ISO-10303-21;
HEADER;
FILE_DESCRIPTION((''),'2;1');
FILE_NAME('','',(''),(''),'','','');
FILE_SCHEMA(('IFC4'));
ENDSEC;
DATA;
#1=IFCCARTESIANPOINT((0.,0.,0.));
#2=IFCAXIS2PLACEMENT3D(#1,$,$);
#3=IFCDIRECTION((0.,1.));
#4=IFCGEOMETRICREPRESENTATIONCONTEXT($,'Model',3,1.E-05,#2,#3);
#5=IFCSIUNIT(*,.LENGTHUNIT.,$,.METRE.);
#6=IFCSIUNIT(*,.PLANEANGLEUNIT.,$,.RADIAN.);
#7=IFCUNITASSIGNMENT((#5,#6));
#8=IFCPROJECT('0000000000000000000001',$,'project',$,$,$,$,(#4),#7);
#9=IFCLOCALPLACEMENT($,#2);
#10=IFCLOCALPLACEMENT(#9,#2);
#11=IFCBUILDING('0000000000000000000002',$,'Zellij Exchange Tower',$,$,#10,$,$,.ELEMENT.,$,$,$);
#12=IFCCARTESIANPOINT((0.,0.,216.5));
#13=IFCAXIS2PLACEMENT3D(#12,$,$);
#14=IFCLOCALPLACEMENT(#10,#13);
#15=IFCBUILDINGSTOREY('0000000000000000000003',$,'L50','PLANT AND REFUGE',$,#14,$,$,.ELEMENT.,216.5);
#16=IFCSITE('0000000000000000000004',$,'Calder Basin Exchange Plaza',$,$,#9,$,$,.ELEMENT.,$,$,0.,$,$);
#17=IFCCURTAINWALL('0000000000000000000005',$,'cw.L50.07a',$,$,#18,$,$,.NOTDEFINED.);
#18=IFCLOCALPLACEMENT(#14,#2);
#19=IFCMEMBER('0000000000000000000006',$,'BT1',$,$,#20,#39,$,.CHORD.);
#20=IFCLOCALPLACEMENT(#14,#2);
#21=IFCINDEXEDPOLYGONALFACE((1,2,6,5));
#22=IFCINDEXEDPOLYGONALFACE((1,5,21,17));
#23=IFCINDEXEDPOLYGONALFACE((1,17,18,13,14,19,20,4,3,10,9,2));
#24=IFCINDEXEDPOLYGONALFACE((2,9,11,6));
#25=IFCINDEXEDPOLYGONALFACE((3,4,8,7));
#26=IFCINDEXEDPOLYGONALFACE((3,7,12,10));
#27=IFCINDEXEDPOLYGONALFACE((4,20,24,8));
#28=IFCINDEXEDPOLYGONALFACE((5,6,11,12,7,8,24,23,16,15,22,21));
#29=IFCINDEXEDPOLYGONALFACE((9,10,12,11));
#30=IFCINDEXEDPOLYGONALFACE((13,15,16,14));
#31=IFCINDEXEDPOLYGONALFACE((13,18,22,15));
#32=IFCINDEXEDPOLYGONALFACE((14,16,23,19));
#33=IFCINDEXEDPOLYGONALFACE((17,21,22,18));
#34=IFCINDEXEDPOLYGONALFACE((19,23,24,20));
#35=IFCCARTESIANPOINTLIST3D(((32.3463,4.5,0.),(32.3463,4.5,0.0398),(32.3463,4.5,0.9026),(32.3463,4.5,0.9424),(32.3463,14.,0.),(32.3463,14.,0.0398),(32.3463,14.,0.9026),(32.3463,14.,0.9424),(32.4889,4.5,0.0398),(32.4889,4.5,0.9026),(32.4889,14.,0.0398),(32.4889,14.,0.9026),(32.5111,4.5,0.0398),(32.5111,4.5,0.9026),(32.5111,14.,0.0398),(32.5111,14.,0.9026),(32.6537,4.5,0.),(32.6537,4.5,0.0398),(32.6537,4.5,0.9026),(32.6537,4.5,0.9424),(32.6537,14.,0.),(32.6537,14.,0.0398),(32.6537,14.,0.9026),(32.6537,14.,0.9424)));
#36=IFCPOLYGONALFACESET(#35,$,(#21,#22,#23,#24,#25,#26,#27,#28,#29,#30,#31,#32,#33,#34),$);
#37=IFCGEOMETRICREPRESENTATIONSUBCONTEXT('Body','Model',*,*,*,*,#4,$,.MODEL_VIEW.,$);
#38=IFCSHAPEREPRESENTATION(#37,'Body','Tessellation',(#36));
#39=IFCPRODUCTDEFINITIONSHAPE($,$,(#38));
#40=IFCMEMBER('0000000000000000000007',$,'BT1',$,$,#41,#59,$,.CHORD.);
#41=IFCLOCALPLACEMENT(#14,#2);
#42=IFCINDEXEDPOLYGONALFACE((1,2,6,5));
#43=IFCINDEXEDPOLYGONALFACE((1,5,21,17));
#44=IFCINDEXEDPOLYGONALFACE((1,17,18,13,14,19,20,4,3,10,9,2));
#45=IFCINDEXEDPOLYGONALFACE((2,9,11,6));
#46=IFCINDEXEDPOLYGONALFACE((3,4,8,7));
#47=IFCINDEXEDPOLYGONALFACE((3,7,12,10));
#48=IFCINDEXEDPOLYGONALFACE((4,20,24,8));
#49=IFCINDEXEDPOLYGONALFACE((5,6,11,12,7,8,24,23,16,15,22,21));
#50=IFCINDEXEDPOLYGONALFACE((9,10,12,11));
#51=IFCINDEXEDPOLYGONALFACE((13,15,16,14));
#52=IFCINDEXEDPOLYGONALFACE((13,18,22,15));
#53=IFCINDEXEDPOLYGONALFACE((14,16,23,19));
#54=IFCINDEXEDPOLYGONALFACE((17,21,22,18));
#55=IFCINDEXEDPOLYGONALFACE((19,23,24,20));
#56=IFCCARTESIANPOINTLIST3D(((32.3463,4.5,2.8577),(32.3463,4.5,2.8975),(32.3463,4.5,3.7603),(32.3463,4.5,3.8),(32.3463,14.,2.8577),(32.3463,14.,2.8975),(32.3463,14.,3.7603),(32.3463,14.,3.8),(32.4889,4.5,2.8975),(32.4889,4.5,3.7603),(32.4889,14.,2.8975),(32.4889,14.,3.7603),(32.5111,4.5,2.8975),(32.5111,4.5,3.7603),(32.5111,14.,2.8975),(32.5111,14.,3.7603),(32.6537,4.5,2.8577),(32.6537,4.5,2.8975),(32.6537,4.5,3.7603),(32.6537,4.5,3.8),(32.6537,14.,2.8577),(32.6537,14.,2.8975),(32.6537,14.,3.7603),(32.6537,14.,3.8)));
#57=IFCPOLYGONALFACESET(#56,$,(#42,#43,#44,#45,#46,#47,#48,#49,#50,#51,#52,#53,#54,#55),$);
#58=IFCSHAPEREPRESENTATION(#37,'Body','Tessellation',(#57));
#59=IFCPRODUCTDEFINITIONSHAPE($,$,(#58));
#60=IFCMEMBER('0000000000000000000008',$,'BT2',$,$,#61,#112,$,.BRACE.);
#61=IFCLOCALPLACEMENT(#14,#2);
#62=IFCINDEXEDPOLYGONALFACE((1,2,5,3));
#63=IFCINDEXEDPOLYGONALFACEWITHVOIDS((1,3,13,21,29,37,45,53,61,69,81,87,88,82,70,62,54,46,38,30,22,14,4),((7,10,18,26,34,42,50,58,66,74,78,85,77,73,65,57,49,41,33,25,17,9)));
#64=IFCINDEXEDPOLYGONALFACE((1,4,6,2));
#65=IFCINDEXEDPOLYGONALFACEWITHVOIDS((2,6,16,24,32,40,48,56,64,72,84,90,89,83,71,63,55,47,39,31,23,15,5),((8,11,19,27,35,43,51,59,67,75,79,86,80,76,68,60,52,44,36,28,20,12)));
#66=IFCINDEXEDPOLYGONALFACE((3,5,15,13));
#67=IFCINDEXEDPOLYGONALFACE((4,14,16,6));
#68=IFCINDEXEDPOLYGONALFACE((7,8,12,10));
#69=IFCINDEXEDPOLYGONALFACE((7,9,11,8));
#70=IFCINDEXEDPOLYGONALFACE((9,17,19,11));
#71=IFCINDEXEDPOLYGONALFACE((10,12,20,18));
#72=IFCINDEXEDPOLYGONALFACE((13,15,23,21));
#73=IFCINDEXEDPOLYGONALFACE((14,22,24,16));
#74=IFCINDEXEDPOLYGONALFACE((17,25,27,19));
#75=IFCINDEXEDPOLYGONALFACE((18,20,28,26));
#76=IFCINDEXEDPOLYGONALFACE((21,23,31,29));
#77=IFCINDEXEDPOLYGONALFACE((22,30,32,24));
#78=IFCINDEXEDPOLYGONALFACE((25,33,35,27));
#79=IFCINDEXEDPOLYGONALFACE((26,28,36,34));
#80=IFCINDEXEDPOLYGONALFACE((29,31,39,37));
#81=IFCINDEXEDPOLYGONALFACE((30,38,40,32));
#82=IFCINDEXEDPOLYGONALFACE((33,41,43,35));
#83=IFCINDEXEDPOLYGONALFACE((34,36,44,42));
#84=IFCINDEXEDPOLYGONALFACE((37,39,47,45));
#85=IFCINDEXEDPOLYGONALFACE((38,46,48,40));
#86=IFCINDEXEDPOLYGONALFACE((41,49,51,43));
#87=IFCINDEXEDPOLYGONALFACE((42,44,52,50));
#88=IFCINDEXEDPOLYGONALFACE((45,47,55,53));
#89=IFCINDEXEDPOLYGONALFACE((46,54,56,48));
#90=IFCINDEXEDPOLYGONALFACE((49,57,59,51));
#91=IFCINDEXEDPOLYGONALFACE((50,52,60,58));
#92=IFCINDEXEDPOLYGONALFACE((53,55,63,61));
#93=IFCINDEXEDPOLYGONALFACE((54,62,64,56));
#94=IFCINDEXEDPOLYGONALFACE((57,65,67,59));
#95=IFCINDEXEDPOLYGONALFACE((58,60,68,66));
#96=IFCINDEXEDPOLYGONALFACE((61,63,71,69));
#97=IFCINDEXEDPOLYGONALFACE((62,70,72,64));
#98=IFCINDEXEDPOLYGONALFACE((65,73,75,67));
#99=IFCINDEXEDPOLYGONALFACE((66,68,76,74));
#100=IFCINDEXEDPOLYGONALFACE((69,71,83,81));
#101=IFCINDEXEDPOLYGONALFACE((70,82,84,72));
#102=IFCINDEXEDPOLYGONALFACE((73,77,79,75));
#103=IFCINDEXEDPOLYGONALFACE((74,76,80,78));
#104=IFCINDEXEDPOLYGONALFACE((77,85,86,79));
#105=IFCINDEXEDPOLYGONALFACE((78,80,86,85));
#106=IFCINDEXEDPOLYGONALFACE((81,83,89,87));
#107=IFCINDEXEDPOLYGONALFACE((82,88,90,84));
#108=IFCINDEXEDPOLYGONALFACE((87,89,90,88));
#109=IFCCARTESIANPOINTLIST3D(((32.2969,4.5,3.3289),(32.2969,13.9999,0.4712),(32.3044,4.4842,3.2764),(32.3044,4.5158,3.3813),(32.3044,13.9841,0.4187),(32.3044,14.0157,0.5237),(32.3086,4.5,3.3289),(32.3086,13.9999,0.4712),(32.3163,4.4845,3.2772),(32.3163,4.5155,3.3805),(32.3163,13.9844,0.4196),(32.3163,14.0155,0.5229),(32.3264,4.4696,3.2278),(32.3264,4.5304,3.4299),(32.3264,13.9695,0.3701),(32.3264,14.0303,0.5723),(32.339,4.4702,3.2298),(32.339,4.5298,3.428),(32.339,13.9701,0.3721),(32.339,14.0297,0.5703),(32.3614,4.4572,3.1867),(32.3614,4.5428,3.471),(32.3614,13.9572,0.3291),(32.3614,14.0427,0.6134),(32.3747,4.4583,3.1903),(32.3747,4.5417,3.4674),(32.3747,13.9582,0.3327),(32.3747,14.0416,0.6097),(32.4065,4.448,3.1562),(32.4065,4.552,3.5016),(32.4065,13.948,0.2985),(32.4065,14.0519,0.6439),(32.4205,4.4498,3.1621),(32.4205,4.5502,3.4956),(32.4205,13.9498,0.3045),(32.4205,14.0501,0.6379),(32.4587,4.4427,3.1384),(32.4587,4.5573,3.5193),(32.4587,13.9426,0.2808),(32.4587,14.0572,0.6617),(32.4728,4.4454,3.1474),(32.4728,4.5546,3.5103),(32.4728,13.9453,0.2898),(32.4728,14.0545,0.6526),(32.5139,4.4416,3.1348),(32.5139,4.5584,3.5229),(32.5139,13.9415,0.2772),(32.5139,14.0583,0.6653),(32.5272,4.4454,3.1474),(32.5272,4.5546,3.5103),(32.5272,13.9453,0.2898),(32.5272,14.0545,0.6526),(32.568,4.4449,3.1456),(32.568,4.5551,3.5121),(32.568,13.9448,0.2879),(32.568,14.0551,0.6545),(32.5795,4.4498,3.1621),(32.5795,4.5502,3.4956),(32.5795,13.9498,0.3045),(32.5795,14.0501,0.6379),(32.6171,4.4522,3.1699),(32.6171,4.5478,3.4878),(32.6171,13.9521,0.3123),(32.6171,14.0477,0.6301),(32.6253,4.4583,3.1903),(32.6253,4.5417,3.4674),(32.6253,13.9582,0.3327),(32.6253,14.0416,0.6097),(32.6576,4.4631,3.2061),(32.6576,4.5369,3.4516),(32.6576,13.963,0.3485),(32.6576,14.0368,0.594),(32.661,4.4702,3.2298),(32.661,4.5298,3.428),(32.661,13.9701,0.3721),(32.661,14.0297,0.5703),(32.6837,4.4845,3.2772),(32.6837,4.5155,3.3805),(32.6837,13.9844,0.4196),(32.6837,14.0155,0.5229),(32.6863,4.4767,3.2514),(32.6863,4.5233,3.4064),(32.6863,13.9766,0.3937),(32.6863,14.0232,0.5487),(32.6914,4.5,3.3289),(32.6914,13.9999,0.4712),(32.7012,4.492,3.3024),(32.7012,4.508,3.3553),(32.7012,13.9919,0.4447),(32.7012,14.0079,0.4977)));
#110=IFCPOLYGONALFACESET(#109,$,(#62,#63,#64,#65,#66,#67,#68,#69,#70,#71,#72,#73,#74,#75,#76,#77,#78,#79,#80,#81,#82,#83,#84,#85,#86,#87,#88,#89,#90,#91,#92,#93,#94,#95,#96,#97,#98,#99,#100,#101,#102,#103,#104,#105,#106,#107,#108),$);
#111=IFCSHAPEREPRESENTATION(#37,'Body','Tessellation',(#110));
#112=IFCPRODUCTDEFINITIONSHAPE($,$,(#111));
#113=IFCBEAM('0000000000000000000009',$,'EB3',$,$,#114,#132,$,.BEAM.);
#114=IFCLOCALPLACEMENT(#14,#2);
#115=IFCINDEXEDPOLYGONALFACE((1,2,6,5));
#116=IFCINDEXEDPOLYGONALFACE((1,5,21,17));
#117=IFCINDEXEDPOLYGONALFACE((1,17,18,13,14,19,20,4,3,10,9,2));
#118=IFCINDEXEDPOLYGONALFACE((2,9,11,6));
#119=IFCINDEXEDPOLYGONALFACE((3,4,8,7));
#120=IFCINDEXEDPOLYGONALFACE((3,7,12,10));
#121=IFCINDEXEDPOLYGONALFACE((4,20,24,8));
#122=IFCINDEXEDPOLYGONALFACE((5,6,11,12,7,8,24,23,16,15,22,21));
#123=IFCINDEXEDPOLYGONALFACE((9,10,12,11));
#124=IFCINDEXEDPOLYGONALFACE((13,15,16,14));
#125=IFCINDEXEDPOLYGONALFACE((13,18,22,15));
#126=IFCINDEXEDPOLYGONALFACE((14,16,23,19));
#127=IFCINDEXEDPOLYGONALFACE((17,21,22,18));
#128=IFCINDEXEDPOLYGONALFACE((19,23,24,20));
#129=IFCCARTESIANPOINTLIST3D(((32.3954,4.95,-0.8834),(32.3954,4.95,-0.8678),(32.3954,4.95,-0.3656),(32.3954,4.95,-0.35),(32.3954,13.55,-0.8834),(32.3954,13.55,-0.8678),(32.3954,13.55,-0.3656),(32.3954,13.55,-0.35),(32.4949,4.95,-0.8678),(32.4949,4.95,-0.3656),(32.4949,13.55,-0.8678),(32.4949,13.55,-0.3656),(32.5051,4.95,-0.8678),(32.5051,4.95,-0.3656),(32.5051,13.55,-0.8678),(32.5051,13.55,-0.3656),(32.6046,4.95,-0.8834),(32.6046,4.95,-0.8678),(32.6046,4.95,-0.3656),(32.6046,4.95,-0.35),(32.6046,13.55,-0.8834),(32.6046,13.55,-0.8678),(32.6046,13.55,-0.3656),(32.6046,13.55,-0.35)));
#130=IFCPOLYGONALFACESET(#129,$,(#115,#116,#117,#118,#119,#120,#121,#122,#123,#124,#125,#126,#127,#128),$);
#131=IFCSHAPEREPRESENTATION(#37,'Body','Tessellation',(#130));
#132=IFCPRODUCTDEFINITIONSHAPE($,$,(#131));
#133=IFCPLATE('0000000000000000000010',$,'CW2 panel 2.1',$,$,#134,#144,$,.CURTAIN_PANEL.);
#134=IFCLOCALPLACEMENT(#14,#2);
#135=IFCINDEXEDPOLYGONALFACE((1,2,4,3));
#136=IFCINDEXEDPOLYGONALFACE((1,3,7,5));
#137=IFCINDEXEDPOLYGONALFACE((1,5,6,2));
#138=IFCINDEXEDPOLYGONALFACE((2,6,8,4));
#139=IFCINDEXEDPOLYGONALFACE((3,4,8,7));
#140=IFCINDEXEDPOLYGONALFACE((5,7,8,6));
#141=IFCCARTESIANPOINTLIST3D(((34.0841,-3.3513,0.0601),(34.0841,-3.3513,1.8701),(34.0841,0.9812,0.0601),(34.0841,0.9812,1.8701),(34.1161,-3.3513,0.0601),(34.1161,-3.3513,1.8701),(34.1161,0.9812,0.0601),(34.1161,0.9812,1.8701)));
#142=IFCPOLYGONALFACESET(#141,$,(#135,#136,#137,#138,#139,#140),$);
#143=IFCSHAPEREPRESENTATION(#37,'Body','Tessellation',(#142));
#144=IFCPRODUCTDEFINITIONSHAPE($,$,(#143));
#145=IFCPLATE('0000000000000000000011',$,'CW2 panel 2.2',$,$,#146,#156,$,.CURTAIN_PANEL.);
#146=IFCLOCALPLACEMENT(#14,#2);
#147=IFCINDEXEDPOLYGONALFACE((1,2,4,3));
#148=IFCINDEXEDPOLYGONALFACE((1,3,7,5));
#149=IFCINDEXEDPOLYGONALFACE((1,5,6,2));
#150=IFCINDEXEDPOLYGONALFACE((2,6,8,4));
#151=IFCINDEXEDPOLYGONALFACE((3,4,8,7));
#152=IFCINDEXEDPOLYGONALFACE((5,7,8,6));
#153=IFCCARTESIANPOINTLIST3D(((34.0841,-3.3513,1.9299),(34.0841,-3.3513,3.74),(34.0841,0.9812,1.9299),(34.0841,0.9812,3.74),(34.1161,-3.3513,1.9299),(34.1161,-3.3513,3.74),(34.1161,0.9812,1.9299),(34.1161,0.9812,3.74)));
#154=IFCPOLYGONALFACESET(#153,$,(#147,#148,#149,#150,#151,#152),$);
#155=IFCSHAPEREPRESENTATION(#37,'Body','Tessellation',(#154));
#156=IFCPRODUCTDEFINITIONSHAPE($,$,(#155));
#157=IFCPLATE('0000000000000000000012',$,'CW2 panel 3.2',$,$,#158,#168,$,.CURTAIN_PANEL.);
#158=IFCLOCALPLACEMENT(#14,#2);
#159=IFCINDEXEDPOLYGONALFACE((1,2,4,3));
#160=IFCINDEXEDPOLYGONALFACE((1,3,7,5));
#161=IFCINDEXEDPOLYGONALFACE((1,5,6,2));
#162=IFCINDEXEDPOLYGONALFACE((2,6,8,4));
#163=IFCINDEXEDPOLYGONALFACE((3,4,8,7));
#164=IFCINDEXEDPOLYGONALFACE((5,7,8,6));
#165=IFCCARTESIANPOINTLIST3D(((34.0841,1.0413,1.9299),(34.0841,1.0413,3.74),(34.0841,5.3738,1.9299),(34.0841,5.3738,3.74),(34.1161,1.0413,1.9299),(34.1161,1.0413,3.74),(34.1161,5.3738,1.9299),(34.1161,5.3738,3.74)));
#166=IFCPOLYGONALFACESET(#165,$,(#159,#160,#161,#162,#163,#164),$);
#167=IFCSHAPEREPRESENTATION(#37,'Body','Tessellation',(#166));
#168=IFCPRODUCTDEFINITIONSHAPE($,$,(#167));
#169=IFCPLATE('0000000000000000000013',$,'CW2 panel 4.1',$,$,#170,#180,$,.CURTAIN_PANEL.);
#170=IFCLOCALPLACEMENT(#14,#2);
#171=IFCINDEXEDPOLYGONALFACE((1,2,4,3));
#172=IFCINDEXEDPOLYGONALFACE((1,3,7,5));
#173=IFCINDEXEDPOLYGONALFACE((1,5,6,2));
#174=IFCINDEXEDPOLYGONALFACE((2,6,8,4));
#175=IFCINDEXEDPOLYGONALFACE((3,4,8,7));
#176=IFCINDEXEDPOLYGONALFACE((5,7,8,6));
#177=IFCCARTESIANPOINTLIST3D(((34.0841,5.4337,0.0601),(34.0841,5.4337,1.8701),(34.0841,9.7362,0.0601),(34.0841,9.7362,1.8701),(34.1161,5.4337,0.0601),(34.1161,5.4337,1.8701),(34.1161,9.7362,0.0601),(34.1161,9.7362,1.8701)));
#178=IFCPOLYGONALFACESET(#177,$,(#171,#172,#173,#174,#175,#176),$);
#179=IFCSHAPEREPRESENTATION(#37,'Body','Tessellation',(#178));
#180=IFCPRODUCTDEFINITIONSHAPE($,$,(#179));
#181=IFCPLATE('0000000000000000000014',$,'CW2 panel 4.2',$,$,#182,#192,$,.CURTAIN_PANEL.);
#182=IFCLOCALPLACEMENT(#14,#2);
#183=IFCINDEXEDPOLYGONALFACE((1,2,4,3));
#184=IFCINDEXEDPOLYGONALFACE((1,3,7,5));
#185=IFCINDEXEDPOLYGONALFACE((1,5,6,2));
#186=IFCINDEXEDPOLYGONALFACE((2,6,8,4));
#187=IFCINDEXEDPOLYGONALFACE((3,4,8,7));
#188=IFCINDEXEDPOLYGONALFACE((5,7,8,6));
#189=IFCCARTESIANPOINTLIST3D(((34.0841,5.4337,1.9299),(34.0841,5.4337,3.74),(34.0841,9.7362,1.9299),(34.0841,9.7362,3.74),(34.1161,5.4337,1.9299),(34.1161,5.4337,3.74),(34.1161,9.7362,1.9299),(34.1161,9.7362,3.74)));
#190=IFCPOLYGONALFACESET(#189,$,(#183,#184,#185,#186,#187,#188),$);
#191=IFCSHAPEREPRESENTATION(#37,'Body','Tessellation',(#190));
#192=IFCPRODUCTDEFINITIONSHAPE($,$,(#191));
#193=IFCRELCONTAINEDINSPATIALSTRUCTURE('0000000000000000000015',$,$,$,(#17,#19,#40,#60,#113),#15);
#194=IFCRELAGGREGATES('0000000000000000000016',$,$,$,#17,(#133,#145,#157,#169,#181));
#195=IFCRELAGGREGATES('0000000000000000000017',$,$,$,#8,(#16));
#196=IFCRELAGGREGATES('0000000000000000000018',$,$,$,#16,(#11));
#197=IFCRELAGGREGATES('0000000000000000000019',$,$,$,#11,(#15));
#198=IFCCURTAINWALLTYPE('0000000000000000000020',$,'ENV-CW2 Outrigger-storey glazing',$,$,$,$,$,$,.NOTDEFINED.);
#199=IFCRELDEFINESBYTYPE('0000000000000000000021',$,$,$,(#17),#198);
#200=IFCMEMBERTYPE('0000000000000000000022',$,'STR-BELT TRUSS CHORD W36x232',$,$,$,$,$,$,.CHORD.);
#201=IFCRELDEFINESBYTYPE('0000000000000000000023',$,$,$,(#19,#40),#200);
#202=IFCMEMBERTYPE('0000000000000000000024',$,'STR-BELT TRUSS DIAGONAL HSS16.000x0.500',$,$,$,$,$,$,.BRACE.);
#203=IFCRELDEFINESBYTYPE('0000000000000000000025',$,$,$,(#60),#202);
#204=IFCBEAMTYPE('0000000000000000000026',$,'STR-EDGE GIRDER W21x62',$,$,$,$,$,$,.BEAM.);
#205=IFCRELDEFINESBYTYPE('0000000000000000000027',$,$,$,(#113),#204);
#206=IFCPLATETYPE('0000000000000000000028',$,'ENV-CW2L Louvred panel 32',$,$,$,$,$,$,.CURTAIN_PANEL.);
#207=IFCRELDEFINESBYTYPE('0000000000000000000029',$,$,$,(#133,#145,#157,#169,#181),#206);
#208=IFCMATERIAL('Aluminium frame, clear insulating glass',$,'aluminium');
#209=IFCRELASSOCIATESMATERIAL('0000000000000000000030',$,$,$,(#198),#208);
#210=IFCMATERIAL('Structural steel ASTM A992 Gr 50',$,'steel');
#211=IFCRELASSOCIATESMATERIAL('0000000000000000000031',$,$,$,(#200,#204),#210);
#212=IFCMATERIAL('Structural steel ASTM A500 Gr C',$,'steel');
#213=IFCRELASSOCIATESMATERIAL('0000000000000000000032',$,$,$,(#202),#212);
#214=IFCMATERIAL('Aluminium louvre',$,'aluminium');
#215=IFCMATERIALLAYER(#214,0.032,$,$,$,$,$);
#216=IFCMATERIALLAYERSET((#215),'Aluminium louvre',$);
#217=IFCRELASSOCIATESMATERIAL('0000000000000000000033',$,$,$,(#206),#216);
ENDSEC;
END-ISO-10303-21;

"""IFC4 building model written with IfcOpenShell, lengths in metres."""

from ifc_helpers import new_model, si_unit, direction, frame, origin, origin_2d, place, context, subcontext, project, spatial, rectangle, hollow_circle, i_section, extrude, material, layer, layer_set, material_profile, profile_set, type_object, element, aggregate, save


model = new_model("IFC4")

# Units and contexts
model_context = context("Model", 3, precision=1e-05, world=origin(), true_north=direction((0.0, 1.0)))
body_context = subcontext(model_context, "Body", "Model", "MODEL_VIEW")
ifc_project = project(units=[si_unit("LENGTHUNIT", "METRE"), si_unit("PLANEANGLEUNIT", "RADIAN")], contexts=[model_context])

# Site, building, storey
site_placement = place(None, origin())
site = spatial("IfcSite", under=ifc_project, at=site_placement, Name="Calder Basin Exchange Plaza", CompositionType="ELEMENT", RefElevation=0.0)
building_placement = place(site_placement, origin())
building = spatial("IfcBuilding", under=site, at=building_placement, Name="Zellij Exchange Tower", CompositionType="ELEMENT")
storey_placement = place(building_placement, frame((0.0, 0.0, 216.5)))
storey = spatial("IfcBuildingStorey", under=building, at=storey_placement, Name="L50", Description="PLANT AND REFUGE", CompositionType="ELEMENT", Elevation=216.5)

# Curtain wall
ifc_material_1 = material(Name="Aluminium frame, clear insulating glass", Category="aluminium")
curtain_wall_type = type_object("IfcCurtainWallType", Name="ENV-CW2 Outrigger-storey glazing", PredefinedType="NOTDEFINED", material=ifc_material_1)
curtain_wall_placement = place(storey_placement, origin())
curtain_wall = element("IfcCurtainWall", 1, at=curtain_wall_placement, inside=storey, type_object=curtain_wall_type, Name="cw.L50.07a", PredefinedType="NOTDEFINED")

# Members
ifc_material_2 = material(Name="Structural steel ASTM A992 Gr 50", Category="steel")
ifc_material_profile_1 = material_profile(ifc_material_2, i_section(OverallWidth=0.3074, OverallDepth=0.9424, WebThickness=0.0222, FlangeThickness=0.0398, at=origin_2d()), Name="W36x232")
ifc_profile_set_1 = profile_set([ifc_material_profile_1], Name="Structural steel ASTM A992 Gr 50")
member_type_1 = type_object("IfcMemberType", Name="STR-BELT TRUSS CHORD W36x232", PredefinedType="CHORD", material=ifc_profile_set_1)
for number, where, z_axis, x_axis, name in (
    (2, (32.5, 4.5, 0.4712), (0.0, 1.0, 0.0), (-1.0, 0.0, 0.0), "BT1"),
    (3, (32.5, 4.5, 3.3289), (0.0, 1.0, 0.0), (-1.0, 0.0, 0.0), "BT1"),
):
    element("IfcMember", number, at=place(storey_placement, frame(where, z_axis=z_axis, x_axis=x_axis)), inside=storey, type_object=member_type_1, Name=name, PredefinedType="CHORD", context=body_context, shape_type="SweptSolid", body=[
        extrude(i_section(OverallWidth=0.3074, OverallDepth=0.9424, WebThickness=0.0222, FlangeThickness=0.0398, at=origin_2d()), origin(), (0.0, 0.0, 1.0), 9.5),
    ])
ifc_material_3 = material(Name="Structural steel ASTM A500 Gr C", Category="steel")
ifc_material_profile_2 = material_profile(ifc_material_3, hollow_circle(Radius=0.2031, WallThickness=0.0117, at=origin_2d()), Name="STR-BELT TRUSS DIAGONAL HSS16.000x0.500")
ifc_profile_set_2 = profile_set([ifc_material_profile_2], Name="Structural steel ASTM A500 Gr C")
member_type_2 = type_object("IfcMemberType", Name="STR-BELT TRUSS DIAGONAL HSS16.000x0.500", PredefinedType="BRACE", material=ifc_profile_set_2)
member_1_placement = place(storey_placement, frame((32.5, 4.5, 3.3289), z_axis=(0.0, 0.957613, -0.288057), x_axis=(-1.0, 0.0, 0.0)))
element("IfcMember", 4, at=member_1_placement, inside=storey, type_object=member_type_2, Name="BT2", PredefinedType="BRACE", context=body_context, shape_type="SweptSolid", body=[
    extrude(hollow_circle(Radius=0.2031, WallThickness=0.0117, at=origin_2d()), origin(), (0.0, 0.0, 1.0), 9.9204),
])

# Beam
ifc_material_profile_3 = material_profile(ifc_material_2, i_section(OverallWidth=0.2092, OverallDepth=0.5334, WebThickness=0.0103, FlangeThickness=0.0156, at=origin_2d()), Name="W21x62")
ifc_profile_set_3 = profile_set([ifc_material_profile_3], Name="Structural steel ASTM A992 Gr 50")
beam_type = type_object("IfcBeamType", Name="STR-EDGE GIRDER W21x62", PredefinedType="BEAM", material=ifc_profile_set_3)
beam_placement = place(storey_placement, frame((32.5, 4.95, -0.6167), z_axis=(0.0, 1.0, 0.0), x_axis=(-1.0, 0.0, 0.0)))
element("IfcBeam", 5, at=beam_placement, inside=storey, type_object=beam_type, Name="EB3", PredefinedType="BEAM", context=body_context, shape_type="SweptSolid", body=[
    extrude(i_section(OverallWidth=0.2092, OverallDepth=0.5334, WebThickness=0.0103, FlangeThickness=0.0156, at=origin_2d()), origin(), (0.0, 0.0, 1.0), 8.6001),
])

# Plates
ifc_material_4 = material(Name="Aluminium louvre", Category="aluminium")
ifc_layer_1 = layer(ifc_material_4, 0.032)
ifc_layer_set_1 = layer_set([ifc_layer_1], Name="Aluminium louvre")
plate_type_1 = type_object("IfcPlateType", Name="ENV-CW2L Louvred panel 32", PredefinedType="CURTAIN_PANEL", material=ifc_layer_set_1)
plate_1_placement = place(storey_placement, frame((34.1001, -1.1851, 0.0601), z_axis=(0.0, 0.0, 1.0), x_axis=(0.0, 1.0, 0.0)))
plate_1 = element("IfcPlate", 6, at=plate_1_placement, type_object=plate_type_1, Name="CW2 panel 2.1", PredefinedType="CURTAIN_PANEL", context=body_context, shape_type="SweptSolid", body=[
    extrude(rectangle(XDim=4.3325, YDim=0.032, at=origin_2d()), origin(), (0.0, 0.0, 1.0), 1.8101),
])
plate_2_placement = place(storey_placement, frame((34.1001, -1.1851, 1.9299), z_axis=(0.0, 0.0, 1.0), x_axis=(0.0, 1.0, 0.0)))
plate_2 = element("IfcPlate", 7, at=plate_2_placement, type_object=plate_type_1, Name="CW2 panel 2.2", PredefinedType="CURTAIN_PANEL", context=body_context, shape_type="SweptSolid", body=[
    extrude(rectangle(XDim=4.3325, YDim=0.032, at=origin_2d()), origin(), (0.0, 0.0, 1.0), 1.8101),
])
plate_3_placement = place(storey_placement, frame((34.1001, 3.2075, 1.9299), z_axis=(0.0, 0.0, 1.0), x_axis=(0.0, 1.0, 0.0)))
plate_3 = element("IfcPlate", 8, at=plate_3_placement, type_object=plate_type_1, Name="CW2 panel 3.2", PredefinedType="CURTAIN_PANEL", context=body_context, shape_type="SweptSolid", body=[
    extrude(rectangle(XDim=4.3325, YDim=0.032, at=origin_2d()), origin(), (0.0, 0.0, 1.0), 1.8101),
])
plate_4_placement = place(storey_placement, frame((34.1001, 7.585, 0.0601), z_axis=(0.0, 0.0, 1.0), x_axis=(0.0, 1.0, 0.0)))
plate_4 = element("IfcPlate", 9, at=plate_4_placement, type_object=plate_type_1, Name="CW2 panel 4.1", PredefinedType="CURTAIN_PANEL", context=body_context, shape_type="SweptSolid", body=[
    extrude(rectangle(XDim=4.3025, YDim=0.032, at=origin_2d()), origin(), (0.0, 0.0, 1.0), 1.8101),
])
plate_5_placement = place(storey_placement, frame((34.1001, 7.585, 1.9299), z_axis=(0.0, 0.0, 1.0), x_axis=(0.0, 1.0, 0.0)))
plate_5 = element("IfcPlate", 10, at=plate_5_placement, type_object=plate_type_1, Name="CW2 panel 4.2", PredefinedType="CURTAIN_PANEL", context=body_context, shape_type="SweptSolid", body=[
    extrude(rectangle(XDim=4.3025, YDim=0.032, at=origin_2d()), origin(), (0.0, 0.0, 1.0), 1.8101),
])
aggregate(curtain_wall, [plate_1, plate_2, plate_3, plate_4, plate_5])

save(model, "model.ifc")
